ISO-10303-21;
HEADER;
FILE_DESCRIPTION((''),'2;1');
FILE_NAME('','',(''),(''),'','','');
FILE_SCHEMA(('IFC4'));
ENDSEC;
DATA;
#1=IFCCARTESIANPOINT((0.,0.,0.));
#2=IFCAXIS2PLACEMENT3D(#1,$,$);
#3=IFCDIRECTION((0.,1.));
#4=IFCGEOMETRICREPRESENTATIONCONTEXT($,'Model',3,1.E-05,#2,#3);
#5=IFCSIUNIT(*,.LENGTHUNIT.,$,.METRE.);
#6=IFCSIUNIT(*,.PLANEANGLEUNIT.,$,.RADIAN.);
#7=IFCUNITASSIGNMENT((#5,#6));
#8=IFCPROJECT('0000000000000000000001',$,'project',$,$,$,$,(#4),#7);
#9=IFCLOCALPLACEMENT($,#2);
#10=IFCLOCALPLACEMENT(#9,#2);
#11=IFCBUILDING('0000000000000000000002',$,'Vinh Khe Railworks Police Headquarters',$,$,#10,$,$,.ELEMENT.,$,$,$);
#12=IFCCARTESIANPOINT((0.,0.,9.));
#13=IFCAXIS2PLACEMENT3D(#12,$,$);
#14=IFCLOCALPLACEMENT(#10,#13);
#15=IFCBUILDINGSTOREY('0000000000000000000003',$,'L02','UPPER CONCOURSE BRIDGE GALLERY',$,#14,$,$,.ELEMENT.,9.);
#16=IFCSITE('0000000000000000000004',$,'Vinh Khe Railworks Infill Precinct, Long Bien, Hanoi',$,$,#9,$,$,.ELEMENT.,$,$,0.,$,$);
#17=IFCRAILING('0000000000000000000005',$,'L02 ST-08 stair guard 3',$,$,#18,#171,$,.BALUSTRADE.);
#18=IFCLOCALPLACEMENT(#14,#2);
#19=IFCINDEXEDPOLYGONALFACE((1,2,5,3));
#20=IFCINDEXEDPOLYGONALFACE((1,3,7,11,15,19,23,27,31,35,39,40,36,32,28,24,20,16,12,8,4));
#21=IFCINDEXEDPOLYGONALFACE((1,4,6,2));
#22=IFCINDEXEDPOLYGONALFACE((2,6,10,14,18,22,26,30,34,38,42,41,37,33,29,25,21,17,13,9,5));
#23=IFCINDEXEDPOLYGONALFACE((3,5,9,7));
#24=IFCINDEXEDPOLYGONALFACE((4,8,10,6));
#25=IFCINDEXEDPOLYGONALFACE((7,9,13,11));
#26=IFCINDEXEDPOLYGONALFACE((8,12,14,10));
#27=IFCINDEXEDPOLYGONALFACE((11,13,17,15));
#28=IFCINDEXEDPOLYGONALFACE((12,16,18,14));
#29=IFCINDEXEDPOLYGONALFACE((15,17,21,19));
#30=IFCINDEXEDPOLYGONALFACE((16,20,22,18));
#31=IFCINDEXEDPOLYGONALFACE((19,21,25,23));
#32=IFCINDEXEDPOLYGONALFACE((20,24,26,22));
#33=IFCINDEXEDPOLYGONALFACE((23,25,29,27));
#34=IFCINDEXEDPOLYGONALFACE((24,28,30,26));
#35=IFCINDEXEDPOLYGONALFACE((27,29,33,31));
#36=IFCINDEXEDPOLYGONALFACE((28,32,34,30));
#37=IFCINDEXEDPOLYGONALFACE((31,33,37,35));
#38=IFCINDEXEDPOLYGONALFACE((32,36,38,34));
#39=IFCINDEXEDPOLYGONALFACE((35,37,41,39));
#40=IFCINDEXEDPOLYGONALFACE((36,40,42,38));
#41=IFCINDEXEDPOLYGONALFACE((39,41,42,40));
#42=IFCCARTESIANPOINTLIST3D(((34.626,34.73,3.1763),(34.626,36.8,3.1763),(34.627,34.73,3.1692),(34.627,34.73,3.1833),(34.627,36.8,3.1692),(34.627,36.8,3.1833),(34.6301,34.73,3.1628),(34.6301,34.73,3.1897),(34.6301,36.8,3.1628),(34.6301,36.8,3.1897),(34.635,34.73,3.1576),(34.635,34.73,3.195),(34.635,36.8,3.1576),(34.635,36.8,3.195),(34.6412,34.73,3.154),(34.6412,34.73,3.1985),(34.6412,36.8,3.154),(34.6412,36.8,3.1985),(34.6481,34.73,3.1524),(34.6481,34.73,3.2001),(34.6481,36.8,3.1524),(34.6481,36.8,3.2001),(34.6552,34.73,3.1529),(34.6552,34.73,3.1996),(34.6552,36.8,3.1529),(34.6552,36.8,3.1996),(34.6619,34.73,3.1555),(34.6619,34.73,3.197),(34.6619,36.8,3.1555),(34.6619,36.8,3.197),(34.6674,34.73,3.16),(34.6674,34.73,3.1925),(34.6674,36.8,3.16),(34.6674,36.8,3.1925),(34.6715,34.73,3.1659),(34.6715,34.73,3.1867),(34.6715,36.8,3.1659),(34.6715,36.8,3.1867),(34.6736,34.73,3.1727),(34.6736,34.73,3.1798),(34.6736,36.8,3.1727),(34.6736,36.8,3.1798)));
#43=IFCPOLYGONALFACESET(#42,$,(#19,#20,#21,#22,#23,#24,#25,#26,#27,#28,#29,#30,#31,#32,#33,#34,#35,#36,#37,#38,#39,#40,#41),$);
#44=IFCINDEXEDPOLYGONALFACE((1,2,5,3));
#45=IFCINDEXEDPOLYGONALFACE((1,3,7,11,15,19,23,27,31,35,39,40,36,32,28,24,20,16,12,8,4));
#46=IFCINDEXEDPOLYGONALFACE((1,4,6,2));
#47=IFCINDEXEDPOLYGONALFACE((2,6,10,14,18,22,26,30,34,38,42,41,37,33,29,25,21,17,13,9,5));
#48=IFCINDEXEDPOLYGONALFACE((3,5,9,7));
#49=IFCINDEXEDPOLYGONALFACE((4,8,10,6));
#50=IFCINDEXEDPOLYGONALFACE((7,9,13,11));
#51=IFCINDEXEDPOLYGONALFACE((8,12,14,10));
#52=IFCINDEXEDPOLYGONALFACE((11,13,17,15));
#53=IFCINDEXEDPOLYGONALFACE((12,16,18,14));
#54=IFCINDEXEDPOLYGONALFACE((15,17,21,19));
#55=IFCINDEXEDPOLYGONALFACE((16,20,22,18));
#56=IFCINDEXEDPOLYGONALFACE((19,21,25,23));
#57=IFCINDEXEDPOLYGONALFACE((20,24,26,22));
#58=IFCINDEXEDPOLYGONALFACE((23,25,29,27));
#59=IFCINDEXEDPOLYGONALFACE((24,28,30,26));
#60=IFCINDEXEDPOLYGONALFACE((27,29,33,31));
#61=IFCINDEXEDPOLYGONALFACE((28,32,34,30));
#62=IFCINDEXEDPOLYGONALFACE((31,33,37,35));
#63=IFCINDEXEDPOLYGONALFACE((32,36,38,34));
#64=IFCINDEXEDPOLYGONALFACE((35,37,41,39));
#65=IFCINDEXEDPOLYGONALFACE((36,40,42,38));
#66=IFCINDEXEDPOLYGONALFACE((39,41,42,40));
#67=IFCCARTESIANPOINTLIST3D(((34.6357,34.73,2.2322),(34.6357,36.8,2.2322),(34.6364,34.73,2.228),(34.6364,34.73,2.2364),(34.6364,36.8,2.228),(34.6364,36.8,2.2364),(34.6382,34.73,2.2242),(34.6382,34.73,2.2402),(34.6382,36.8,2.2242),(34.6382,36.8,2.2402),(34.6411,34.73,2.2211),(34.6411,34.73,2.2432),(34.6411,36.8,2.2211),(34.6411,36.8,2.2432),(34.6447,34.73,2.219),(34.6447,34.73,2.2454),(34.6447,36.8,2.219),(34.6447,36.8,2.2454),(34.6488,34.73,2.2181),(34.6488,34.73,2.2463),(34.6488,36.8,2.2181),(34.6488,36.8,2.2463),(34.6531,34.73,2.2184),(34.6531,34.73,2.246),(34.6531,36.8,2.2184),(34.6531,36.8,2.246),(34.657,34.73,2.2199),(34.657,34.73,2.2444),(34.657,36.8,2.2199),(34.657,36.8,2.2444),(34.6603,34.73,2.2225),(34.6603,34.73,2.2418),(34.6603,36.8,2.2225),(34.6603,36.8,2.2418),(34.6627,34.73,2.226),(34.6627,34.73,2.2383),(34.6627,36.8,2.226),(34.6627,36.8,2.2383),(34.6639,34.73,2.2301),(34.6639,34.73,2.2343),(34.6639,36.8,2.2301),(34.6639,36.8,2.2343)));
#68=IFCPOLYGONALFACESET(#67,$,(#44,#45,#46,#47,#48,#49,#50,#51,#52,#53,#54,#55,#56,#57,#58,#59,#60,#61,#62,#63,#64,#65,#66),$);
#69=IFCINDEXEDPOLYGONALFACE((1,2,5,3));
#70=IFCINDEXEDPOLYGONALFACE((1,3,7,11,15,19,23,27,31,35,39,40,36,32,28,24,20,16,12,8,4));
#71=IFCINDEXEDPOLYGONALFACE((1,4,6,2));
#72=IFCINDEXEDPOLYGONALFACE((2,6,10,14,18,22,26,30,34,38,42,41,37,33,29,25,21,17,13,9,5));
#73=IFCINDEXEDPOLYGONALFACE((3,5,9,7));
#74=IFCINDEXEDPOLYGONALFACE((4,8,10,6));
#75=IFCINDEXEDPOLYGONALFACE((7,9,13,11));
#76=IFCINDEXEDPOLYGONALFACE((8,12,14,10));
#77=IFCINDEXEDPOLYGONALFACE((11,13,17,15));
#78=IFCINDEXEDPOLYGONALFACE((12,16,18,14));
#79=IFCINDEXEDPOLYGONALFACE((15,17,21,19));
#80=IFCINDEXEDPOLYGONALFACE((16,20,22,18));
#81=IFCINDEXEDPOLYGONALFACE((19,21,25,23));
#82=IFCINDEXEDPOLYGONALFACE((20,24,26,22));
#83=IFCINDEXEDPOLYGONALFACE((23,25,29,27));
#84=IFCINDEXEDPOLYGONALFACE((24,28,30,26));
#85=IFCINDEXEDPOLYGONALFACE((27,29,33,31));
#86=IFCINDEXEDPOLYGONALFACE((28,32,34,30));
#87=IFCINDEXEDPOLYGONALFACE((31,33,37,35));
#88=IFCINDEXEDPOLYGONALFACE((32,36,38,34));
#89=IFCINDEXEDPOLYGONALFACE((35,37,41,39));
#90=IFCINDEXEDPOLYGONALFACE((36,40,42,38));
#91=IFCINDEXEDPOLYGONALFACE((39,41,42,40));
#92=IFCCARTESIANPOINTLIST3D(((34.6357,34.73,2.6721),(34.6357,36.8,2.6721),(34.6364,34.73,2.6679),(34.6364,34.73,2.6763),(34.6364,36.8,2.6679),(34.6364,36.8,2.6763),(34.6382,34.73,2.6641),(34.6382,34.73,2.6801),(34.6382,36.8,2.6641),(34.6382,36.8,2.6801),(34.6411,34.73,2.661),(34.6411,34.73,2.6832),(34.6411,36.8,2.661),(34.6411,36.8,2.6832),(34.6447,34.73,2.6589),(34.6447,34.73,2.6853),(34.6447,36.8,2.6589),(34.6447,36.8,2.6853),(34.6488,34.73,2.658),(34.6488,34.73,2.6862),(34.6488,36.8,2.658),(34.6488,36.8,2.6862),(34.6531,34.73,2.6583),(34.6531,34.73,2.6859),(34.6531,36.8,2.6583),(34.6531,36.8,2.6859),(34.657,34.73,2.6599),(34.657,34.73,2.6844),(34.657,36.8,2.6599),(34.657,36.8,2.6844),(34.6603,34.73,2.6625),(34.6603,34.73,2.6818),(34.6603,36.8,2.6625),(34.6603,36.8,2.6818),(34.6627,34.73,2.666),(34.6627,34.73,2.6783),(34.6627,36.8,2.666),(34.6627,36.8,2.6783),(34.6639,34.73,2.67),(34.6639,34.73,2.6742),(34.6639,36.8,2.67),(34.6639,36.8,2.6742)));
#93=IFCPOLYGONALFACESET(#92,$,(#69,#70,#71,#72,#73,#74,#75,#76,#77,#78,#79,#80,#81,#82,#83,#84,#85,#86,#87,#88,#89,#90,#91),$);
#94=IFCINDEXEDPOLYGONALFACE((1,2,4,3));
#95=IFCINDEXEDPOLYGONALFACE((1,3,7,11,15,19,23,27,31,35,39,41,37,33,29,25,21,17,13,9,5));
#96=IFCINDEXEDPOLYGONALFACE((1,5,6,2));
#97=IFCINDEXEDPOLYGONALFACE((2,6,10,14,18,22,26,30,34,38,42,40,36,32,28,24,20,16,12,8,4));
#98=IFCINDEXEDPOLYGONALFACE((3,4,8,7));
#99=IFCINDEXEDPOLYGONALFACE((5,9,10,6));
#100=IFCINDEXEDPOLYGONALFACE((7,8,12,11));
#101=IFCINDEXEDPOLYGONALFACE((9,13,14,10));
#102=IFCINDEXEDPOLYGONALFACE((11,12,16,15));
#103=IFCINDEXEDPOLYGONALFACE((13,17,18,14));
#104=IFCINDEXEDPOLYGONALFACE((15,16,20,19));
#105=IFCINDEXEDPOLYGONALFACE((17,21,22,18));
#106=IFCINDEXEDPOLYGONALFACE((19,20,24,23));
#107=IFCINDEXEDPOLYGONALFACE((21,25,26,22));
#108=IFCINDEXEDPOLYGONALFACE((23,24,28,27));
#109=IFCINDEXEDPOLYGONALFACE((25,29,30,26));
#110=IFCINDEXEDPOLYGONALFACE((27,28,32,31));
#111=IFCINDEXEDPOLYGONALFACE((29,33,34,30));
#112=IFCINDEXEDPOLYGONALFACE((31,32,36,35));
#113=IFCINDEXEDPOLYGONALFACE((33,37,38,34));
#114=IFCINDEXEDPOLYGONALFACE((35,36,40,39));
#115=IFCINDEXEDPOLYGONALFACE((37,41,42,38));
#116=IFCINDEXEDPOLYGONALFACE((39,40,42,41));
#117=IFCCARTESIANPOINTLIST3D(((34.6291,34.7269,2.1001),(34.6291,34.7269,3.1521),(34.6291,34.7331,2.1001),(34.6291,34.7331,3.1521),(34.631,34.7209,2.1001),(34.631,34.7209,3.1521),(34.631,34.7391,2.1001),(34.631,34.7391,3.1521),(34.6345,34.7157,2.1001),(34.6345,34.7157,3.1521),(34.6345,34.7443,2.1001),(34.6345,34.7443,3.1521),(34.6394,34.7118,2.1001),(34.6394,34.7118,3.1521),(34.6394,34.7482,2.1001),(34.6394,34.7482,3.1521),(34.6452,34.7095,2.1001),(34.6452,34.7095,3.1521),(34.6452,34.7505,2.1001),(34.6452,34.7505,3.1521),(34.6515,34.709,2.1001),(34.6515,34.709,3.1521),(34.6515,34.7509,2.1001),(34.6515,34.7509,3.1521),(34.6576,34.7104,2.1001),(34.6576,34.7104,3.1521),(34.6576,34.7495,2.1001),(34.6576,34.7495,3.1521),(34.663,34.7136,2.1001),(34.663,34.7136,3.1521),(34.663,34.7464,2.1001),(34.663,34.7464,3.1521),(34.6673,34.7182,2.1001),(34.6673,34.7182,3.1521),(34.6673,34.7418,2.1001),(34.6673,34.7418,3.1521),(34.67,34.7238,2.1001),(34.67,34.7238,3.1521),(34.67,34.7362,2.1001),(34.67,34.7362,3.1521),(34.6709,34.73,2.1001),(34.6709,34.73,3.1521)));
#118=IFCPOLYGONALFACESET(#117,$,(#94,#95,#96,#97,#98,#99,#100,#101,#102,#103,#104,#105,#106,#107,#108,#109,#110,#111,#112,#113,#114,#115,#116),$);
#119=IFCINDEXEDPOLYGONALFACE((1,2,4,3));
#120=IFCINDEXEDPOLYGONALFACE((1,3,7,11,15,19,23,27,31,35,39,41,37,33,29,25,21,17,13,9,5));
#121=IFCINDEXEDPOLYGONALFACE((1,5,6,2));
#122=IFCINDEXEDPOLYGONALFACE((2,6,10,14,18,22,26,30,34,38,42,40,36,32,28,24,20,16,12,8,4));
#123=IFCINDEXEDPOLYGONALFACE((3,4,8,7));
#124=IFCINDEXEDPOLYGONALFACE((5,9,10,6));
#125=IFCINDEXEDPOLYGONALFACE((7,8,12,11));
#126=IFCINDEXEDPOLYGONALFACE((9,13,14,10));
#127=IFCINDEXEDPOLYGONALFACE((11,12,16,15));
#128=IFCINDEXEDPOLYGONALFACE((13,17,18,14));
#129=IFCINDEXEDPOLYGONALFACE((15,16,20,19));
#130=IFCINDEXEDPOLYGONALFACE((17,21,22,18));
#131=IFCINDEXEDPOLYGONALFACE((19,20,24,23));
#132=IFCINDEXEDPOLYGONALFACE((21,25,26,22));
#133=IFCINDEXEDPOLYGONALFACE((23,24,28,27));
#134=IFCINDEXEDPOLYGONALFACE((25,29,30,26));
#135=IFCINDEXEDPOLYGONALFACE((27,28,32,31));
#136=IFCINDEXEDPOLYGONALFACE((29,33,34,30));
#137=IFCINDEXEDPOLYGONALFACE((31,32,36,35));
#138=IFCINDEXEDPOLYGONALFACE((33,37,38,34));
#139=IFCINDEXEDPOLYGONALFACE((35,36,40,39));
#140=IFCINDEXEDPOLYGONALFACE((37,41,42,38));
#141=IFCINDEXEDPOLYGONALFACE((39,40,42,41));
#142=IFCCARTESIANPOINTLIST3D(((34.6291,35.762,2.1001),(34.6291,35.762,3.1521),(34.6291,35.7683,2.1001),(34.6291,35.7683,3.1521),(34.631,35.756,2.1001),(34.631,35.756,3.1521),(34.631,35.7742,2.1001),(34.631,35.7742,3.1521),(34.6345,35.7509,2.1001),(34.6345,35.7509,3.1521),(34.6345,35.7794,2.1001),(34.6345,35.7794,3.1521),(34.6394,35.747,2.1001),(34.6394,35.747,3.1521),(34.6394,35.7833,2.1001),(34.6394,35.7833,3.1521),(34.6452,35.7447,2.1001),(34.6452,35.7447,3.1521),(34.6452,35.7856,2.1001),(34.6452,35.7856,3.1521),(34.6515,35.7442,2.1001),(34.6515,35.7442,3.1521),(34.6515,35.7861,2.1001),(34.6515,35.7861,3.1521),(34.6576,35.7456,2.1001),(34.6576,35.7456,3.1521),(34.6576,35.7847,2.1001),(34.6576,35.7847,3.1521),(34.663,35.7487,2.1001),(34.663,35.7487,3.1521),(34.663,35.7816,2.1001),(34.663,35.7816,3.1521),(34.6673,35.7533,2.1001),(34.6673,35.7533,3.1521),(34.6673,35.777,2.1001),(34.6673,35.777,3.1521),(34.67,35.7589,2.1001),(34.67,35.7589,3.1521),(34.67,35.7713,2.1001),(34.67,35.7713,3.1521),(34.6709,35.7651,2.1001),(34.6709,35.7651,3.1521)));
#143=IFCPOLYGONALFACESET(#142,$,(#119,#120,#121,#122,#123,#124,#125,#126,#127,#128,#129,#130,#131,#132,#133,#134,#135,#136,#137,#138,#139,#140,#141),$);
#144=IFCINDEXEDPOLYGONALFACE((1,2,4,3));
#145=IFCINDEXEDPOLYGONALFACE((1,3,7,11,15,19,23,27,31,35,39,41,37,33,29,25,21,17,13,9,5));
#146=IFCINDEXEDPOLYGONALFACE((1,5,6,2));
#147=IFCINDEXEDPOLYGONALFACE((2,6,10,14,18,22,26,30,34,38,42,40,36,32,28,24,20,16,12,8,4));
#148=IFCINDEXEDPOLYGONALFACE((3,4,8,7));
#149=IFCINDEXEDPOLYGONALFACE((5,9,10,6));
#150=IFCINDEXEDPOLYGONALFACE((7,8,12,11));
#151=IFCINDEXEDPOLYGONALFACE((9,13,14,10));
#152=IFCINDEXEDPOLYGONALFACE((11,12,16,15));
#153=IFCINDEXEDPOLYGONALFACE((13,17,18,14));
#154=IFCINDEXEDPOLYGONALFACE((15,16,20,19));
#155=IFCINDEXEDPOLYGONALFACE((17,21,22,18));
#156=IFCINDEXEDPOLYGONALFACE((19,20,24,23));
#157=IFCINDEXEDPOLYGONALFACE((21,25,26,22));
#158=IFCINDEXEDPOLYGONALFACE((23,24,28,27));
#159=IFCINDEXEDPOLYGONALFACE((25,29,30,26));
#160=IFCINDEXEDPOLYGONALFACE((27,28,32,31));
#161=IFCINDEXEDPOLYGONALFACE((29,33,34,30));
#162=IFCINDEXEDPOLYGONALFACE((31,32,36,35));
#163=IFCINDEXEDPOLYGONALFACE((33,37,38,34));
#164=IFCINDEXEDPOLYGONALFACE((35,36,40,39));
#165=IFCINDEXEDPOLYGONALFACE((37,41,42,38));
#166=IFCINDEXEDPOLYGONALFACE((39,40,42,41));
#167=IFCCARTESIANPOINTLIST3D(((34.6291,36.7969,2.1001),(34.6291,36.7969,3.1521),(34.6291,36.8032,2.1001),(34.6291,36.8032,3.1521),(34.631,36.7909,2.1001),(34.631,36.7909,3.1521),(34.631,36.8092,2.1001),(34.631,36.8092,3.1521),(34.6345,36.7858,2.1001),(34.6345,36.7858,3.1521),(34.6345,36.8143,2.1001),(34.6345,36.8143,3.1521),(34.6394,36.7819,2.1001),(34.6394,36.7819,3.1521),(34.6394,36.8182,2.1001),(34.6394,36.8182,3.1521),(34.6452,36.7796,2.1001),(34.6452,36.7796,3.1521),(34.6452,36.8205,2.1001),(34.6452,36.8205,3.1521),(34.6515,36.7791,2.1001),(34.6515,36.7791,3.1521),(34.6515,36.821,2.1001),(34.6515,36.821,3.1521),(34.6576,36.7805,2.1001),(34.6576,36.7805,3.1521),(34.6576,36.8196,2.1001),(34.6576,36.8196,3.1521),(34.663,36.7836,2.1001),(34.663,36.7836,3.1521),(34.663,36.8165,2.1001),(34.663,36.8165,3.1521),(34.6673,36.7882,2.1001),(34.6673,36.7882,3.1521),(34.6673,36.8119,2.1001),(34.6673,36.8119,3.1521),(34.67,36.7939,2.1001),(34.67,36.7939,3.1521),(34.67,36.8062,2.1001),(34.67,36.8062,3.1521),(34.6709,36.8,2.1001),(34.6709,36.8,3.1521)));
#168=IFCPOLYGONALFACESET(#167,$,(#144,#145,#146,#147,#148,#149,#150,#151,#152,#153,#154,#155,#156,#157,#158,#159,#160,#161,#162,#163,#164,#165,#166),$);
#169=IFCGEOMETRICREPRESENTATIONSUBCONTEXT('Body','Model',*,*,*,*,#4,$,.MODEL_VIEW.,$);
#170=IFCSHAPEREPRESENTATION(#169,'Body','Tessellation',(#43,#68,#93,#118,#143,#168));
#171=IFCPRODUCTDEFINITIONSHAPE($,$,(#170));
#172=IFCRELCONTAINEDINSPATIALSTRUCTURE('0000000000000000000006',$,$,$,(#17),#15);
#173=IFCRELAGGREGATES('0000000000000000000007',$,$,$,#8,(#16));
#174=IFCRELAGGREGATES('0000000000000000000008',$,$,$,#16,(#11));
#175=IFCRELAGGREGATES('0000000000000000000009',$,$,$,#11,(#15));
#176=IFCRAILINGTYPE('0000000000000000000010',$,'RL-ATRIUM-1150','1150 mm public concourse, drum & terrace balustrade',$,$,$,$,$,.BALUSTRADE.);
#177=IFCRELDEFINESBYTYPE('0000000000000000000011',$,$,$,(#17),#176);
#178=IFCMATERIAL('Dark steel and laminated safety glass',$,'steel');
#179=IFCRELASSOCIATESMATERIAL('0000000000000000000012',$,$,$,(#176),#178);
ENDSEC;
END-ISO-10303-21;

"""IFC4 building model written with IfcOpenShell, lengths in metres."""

from ifc_helpers import new_model, si_unit, direction, frame, origin, origin_2d, place, context, subcontext, project, spatial, circle, extrude, material, type_object, element, save


model = new_model("IFC4")

# Units and contexts
model_context = context("Model", 3, precision=1e-05, world=origin(), true_north=direction((0.0, 1.0)))
body_context = subcontext(model_context, "Body", "Model", "MODEL_VIEW")
ifc_project = project(units=[si_unit("LENGTHUNIT", "METRE"), si_unit("PLANEANGLEUNIT", "RADIAN")], contexts=[model_context])

# Site, building, storey
site_placement = place(None, origin())
site = spatial("IfcSite", under=ifc_project, at=site_placement, Name="Vinh Khe Railworks Infill Precinct, Long Bien, Hanoi", CompositionType="ELEMENT", RefElevation=0.0)
building_placement = place(site_placement, origin())
building = spatial("IfcBuilding", under=site, at=building_placement, Name="Vinh Khe Railworks Police Headquarters", CompositionType="ELEMENT")
storey_placement = place(building_placement, frame((0.0, 0.0, 9.0)))
storey = spatial("IfcBuildingStorey", under=building, at=storey_placement, Name="L02", Description="UPPER CONCOURSE BRIDGE GALLERY", CompositionType="ELEMENT", Elevation=9.0)

# Railing
ifc_material_1 = material(Name="Dark steel and laminated safety glass", Category="steel")
railing_type_1 = type_object("IfcRailingType", Name="RL-ATRIUM-1150", Description="1150 mm public concourse, drum & terrace balustrade", PredefinedType="BALUSTRADE", material=ifc_material_1)
for number, where, name in (
    (1, (34.6499, 34.73, 2.1001), "L02 ST-08 stair guard 3"),
):
    element("IfcRailing", number, at=place(storey_placement, frame(where)), inside=storey, type_object=railing_type_1, Name=name, PredefinedType="BALUSTRADE", context=body_context, shape_type="SweptSolid", body=[
        extrude(circle(Radius=0.0239, at=origin_2d()), frame((0.0, 0.0, 1.0762), z_axis=(0.0, 1.0, 0.0), x_axis=(-1.0, 0.0, 0.0)), (0.0, 0.0, 1.0), 2.0701),
        extrude(circle(Radius=0.0142, at=origin_2d()), frame((0.0, 0.0, 0.1321), z_axis=(0.0, 1.0, 0.0), x_axis=(-1.0, 0.0, 0.0)), (0.0, 0.0, 1.0), 2.0701),
        extrude(circle(Radius=0.0142, at=origin_2d()), frame((0.0, 0.0, 0.572), z_axis=(0.0, 1.0, 0.0), x_axis=(-1.0, 0.0, 0.0)), (0.0, 0.0, 1.0), 2.0701),
        extrude(circle(Radius=0.021, at=origin_2d()), origin(), (0.0, 0.0, 1.0), 1.052),
        extrude(circle(Radius=0.021, at=origin_2d()), frame((0.0, 1.0352, 0.0)), (0.0, 0.0, 1.0), 1.052),
        extrude(circle(Radius=0.021, at=origin_2d()), frame((0.0, 2.0701, 0.0)), (0.0, 0.0, 1.0), 1.052),
    ])

save(model, "model.ifc")
